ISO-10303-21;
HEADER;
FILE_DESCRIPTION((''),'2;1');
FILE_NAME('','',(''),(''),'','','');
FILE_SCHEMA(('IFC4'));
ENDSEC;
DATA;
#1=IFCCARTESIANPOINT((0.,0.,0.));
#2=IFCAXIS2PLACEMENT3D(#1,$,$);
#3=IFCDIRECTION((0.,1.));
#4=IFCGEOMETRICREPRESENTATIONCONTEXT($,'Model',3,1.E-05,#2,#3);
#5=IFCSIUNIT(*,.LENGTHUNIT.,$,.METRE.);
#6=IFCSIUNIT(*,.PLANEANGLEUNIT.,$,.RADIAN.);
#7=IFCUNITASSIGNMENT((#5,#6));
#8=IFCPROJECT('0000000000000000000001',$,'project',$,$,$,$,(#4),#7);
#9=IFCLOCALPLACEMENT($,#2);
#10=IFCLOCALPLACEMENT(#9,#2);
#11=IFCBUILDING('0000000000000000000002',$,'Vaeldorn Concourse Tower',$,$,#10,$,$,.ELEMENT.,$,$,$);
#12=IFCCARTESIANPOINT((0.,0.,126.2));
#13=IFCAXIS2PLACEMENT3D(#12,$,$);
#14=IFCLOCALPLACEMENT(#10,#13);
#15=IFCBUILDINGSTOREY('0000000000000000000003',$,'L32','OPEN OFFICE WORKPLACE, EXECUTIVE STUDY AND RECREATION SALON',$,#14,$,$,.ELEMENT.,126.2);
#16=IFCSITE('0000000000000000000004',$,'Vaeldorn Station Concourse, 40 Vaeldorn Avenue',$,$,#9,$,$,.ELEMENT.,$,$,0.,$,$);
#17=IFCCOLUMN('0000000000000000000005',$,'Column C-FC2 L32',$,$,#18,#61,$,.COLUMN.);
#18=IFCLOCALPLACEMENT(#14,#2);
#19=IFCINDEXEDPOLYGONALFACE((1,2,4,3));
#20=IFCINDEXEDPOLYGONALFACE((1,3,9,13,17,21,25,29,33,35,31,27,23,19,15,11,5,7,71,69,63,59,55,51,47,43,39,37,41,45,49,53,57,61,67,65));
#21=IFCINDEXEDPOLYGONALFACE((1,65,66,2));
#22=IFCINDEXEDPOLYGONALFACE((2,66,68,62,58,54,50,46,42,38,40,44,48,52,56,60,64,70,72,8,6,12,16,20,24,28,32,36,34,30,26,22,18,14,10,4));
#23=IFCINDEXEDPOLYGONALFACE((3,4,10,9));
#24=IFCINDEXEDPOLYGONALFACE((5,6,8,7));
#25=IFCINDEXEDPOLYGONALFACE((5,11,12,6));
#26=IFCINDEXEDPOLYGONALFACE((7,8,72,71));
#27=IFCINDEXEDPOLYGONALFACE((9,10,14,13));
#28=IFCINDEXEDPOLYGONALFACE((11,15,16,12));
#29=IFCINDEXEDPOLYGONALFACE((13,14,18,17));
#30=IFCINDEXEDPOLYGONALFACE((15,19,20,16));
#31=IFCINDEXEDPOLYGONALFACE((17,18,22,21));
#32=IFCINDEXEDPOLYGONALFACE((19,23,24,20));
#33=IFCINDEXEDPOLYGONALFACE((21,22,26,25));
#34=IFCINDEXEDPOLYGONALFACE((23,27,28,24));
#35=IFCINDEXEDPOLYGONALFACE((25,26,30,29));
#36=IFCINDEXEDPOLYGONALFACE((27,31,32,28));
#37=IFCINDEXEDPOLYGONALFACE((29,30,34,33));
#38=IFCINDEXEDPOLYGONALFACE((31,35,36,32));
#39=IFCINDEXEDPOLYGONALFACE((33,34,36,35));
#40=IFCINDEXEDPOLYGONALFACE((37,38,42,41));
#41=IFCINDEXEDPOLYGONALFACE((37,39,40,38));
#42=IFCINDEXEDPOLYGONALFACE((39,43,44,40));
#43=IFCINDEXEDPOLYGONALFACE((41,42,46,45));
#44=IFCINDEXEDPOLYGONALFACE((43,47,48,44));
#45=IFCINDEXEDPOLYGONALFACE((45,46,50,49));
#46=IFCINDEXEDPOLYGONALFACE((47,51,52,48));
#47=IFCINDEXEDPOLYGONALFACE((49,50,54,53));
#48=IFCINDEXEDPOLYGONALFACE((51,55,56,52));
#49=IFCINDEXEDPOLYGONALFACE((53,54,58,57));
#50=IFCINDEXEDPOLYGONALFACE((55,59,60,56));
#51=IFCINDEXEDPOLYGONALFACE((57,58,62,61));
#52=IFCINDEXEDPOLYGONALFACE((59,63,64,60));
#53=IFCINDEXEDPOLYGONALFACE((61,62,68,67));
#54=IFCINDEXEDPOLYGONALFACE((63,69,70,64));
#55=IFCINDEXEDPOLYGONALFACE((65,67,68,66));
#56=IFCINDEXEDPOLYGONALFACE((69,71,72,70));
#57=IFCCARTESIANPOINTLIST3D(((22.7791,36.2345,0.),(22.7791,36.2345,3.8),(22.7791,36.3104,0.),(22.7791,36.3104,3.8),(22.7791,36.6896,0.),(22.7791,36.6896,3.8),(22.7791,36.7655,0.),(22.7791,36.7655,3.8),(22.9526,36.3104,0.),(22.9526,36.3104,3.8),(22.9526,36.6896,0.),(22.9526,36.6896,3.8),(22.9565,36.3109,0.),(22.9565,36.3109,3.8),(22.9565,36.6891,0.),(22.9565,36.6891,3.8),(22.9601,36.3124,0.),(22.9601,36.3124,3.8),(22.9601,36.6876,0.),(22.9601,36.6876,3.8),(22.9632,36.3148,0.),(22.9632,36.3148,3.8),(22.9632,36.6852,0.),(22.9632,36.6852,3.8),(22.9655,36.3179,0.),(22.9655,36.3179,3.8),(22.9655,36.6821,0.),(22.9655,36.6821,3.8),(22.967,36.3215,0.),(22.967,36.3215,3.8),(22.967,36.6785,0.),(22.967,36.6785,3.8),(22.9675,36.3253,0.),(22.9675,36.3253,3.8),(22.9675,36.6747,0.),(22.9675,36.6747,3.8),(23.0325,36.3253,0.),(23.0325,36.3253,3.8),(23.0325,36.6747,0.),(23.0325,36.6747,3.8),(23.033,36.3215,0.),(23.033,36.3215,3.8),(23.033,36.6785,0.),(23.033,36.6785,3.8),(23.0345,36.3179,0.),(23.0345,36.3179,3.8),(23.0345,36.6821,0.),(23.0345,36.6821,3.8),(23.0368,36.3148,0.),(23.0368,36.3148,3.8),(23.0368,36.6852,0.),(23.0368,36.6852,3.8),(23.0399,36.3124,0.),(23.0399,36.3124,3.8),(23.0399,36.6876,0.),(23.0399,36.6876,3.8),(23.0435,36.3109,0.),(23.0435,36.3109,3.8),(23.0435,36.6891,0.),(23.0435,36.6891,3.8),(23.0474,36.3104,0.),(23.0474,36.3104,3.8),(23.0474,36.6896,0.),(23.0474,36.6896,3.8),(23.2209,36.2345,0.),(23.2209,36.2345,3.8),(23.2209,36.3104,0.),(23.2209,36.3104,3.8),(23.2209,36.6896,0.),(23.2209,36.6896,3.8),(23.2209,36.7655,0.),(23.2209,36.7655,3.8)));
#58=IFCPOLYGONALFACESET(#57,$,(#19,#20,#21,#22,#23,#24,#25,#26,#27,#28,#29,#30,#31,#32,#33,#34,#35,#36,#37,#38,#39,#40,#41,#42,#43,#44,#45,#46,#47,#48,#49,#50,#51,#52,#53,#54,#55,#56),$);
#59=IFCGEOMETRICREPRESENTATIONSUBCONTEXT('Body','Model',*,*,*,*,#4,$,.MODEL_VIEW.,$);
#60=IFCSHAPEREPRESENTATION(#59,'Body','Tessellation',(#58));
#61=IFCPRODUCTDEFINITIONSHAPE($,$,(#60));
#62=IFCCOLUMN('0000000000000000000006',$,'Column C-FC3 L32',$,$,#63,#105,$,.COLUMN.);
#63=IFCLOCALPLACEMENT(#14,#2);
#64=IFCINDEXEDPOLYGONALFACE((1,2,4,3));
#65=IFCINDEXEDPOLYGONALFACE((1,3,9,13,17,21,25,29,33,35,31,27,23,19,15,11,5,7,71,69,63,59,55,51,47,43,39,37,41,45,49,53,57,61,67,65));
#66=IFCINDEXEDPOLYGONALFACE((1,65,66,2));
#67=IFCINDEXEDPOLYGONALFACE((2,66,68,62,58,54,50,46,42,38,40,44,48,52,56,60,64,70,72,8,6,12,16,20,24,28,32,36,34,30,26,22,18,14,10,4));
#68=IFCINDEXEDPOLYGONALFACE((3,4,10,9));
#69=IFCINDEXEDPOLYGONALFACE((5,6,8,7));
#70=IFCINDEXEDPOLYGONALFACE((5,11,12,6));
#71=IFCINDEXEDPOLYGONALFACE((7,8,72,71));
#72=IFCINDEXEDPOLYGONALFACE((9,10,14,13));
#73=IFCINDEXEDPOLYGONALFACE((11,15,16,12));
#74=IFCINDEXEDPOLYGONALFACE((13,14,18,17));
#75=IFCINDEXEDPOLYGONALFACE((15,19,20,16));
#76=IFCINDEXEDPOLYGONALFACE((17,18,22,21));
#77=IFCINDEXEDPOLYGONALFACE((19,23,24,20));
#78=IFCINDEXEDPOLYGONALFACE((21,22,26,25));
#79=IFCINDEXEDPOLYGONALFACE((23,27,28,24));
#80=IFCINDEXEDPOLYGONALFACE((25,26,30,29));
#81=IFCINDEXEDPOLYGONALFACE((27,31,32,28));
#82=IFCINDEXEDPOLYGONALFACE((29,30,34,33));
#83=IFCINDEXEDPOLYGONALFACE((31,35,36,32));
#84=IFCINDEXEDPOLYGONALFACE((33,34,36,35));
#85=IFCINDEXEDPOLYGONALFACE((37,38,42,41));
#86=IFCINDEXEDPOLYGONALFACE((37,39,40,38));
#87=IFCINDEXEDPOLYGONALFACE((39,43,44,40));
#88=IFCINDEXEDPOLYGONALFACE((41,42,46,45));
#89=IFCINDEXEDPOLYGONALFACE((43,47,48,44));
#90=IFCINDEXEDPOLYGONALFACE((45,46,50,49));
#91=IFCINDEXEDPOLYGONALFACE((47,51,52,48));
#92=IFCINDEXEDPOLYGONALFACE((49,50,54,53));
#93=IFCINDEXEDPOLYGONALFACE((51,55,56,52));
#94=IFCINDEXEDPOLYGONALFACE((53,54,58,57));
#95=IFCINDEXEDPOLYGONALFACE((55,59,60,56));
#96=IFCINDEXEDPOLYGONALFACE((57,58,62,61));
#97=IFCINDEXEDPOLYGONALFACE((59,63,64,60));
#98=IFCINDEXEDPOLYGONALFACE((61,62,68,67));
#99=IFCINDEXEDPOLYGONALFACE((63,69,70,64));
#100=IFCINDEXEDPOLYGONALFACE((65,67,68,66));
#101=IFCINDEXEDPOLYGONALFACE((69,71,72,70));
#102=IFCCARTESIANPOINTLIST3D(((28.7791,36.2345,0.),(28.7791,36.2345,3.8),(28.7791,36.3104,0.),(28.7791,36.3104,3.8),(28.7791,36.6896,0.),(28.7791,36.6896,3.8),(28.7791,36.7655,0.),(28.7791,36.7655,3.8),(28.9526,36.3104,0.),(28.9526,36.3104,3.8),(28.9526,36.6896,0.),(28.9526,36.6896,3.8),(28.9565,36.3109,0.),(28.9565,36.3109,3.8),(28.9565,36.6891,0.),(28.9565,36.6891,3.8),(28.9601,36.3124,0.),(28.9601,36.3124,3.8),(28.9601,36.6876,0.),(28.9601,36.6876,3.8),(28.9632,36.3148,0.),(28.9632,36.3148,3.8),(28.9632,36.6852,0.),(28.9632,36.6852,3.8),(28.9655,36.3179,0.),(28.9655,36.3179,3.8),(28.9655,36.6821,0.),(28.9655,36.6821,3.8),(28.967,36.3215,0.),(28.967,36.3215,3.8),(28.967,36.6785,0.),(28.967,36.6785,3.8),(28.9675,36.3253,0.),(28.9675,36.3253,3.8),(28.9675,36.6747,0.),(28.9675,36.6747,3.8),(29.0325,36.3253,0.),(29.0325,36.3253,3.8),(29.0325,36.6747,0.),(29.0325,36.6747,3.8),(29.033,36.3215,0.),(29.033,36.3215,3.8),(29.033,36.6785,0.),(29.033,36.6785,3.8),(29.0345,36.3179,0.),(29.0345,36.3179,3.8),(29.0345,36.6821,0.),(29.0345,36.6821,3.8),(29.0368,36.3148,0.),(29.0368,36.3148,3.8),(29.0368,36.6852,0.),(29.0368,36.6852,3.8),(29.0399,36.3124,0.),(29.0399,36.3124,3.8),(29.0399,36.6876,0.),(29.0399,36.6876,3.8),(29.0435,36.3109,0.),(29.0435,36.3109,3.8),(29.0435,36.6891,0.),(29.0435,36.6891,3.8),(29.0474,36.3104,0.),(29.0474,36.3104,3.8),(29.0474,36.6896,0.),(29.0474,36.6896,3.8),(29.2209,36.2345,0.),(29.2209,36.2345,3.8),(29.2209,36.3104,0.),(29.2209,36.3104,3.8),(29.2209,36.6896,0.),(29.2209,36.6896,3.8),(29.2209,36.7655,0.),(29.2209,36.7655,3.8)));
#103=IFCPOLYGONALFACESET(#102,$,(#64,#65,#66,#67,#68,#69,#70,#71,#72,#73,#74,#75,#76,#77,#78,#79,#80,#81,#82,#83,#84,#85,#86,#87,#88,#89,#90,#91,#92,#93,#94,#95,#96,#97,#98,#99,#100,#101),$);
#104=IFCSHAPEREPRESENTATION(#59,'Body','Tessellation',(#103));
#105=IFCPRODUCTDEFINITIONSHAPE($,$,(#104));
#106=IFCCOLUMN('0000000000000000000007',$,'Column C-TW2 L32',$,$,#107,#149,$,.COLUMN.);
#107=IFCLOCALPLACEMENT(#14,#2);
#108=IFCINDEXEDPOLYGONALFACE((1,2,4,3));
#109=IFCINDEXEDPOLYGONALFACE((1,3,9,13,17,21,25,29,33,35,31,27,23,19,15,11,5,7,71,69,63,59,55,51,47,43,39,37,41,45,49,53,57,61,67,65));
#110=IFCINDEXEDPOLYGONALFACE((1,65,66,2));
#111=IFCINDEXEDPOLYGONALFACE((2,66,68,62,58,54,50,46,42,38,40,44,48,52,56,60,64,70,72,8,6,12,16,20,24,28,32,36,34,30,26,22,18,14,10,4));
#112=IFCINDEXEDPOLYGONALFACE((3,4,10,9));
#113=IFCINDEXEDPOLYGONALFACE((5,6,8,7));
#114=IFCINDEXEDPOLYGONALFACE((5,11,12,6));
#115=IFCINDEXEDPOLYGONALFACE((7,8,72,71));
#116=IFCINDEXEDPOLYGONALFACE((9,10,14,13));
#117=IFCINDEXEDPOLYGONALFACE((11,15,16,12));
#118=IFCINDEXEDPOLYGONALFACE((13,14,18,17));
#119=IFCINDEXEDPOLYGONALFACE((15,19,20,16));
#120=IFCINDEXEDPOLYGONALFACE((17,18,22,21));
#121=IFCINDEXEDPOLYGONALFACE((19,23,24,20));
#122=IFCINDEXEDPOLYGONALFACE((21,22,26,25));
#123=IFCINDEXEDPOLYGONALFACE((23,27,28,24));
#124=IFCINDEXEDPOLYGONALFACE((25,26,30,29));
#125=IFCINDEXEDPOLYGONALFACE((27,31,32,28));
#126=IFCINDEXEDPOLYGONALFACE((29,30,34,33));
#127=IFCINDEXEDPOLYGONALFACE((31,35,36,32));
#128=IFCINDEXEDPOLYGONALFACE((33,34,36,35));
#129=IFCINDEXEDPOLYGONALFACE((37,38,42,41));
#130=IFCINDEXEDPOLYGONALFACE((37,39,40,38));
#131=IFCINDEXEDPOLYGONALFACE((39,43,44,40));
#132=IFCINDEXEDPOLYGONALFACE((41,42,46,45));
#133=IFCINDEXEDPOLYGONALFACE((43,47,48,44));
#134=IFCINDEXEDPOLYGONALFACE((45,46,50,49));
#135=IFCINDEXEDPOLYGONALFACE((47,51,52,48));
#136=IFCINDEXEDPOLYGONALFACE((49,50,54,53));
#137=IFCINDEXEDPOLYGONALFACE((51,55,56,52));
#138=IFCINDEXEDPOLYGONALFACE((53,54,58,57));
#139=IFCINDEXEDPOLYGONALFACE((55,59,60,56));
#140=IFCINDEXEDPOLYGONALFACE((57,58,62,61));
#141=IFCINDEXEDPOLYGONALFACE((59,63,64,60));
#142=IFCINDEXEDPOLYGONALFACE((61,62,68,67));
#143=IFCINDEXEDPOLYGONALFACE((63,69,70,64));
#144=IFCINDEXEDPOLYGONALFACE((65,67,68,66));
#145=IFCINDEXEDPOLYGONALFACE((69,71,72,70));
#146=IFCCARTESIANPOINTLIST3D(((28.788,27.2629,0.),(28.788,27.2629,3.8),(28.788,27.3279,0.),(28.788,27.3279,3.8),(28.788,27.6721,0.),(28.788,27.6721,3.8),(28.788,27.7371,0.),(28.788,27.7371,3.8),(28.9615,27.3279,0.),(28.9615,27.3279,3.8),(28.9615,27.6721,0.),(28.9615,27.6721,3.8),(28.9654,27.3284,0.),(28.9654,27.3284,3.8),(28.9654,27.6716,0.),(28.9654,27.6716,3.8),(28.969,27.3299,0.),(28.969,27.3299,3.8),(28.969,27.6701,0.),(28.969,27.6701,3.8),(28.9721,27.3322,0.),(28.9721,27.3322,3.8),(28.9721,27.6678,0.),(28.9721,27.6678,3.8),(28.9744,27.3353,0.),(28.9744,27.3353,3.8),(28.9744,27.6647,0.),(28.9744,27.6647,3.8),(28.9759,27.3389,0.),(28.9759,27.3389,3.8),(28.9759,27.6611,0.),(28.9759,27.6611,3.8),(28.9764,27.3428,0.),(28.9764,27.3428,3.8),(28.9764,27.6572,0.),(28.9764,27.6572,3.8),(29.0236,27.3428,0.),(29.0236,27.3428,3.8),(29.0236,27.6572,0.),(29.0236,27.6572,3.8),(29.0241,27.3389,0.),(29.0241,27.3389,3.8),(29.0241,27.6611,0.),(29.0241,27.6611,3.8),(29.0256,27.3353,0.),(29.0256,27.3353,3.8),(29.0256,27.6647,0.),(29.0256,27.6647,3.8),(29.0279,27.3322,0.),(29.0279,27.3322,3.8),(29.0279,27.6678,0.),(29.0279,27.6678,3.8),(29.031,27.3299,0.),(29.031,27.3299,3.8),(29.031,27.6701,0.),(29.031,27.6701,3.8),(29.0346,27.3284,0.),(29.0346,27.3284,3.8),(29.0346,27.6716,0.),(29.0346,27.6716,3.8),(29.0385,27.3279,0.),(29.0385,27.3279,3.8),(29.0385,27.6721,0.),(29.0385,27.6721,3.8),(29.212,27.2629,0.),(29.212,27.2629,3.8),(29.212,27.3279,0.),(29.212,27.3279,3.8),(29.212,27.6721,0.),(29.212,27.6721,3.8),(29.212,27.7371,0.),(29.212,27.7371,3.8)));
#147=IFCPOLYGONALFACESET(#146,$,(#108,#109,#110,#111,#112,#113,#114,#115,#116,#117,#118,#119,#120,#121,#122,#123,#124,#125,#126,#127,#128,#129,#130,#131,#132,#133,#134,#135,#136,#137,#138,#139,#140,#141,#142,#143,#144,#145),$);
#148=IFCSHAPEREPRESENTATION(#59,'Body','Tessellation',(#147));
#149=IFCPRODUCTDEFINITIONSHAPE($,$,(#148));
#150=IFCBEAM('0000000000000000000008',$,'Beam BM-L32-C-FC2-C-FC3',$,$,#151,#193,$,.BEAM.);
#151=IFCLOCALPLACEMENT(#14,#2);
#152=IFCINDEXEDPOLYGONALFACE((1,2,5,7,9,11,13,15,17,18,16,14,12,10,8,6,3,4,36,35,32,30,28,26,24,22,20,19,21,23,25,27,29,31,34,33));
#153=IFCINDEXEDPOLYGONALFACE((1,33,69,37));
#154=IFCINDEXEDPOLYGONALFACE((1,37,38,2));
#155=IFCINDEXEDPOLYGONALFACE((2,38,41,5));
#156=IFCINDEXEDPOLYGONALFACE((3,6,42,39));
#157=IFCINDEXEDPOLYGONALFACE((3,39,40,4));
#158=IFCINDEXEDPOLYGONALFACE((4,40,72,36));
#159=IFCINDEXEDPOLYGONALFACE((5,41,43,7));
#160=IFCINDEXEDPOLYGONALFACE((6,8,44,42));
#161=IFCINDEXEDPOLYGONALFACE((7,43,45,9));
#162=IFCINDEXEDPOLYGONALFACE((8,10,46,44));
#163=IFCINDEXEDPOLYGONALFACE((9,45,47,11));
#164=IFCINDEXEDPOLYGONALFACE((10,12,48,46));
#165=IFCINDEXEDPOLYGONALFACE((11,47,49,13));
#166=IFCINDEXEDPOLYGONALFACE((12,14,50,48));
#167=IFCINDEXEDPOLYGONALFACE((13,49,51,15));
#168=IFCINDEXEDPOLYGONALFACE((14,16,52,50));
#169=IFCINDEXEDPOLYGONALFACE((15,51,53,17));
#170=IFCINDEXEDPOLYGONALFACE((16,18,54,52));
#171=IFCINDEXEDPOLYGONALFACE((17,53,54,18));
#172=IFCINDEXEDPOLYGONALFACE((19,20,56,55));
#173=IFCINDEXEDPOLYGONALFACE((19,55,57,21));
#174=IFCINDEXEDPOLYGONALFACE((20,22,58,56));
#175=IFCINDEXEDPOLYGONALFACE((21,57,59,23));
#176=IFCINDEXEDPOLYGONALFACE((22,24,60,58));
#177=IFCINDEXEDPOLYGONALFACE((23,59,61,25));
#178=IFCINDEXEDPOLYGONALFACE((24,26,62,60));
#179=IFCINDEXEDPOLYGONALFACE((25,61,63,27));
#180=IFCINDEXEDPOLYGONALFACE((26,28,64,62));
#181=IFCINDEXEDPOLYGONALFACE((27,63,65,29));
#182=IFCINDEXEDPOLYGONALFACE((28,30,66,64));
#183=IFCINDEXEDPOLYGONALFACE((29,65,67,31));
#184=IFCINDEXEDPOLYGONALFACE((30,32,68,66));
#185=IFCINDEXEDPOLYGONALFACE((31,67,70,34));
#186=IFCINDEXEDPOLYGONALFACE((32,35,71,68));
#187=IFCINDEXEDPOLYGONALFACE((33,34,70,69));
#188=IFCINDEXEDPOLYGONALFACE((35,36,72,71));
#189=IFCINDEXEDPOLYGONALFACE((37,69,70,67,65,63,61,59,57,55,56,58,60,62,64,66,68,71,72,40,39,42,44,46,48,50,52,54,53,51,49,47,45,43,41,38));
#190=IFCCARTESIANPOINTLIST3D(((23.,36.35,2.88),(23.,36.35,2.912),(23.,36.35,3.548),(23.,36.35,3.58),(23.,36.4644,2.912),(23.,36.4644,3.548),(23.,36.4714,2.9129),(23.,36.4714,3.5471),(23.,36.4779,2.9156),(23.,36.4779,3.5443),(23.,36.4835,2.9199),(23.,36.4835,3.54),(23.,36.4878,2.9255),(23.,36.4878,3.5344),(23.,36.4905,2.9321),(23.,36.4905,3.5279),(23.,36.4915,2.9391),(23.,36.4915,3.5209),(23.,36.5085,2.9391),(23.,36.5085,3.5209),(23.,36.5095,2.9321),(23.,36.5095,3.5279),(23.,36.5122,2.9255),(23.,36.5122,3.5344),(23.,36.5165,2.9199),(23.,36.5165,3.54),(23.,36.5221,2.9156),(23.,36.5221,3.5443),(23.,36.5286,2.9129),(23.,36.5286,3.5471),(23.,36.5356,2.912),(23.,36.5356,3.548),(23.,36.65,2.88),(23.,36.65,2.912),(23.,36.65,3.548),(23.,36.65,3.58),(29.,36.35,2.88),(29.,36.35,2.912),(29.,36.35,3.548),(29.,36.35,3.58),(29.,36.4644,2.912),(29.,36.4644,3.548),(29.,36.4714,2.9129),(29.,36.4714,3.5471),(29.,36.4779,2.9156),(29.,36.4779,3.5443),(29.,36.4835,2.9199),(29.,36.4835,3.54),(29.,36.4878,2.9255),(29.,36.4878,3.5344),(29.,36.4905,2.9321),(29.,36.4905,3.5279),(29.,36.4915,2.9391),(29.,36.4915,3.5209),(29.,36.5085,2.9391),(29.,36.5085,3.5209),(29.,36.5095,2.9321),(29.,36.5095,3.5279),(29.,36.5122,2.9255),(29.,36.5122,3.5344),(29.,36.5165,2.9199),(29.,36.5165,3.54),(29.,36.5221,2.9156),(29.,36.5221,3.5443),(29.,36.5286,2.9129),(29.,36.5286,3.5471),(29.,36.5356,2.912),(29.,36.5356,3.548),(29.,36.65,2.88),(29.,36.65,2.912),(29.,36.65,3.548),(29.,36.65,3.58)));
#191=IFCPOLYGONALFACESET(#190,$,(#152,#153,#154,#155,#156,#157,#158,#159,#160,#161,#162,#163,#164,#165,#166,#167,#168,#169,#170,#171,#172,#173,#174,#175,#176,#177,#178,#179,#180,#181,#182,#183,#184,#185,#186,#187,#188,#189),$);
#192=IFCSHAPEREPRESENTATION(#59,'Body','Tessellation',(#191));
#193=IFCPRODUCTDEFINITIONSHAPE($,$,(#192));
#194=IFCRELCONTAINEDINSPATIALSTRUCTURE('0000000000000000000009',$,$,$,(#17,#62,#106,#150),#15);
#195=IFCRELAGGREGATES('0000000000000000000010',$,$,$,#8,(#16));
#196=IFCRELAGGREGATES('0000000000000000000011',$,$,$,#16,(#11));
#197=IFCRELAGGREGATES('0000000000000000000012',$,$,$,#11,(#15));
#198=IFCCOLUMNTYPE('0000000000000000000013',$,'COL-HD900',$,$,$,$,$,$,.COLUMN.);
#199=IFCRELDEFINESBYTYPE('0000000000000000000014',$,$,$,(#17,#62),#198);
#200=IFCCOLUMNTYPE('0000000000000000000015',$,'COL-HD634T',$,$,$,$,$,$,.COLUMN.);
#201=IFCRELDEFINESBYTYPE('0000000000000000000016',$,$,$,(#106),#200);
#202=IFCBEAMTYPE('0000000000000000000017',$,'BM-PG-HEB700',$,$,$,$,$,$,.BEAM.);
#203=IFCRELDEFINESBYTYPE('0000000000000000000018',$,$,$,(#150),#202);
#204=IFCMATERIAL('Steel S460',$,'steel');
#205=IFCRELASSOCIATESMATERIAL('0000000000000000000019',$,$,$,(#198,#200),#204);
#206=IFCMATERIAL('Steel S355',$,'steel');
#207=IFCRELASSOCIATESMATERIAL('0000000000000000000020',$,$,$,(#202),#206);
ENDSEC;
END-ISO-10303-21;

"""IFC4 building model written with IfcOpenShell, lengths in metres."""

from ifc_helpers import new_model, si_unit, direction, frame, origin, origin_2d, place, context, subcontext, project, spatial, i_section, extrude, source, transform, mapped, material, material_profile, profile_set, type_object, element, save


model = new_model("IFC4")

# Units and contexts
model_context = context("Model", 3, precision=1e-05, world=origin(), true_north=direction((0.0, 1.0)))
body_context = subcontext(model_context, "Body", "Model", "MODEL_VIEW")
ifc_project = project(units=[si_unit("LENGTHUNIT", "METRE"), si_unit("PLANEANGLEUNIT", "RADIAN")], contexts=[model_context])

# Site, building, storey
site_placement = place(None, origin())
site = spatial("IfcSite", under=ifc_project, at=site_placement, Name="Vaeldorn Station Concourse, 40 Vaeldorn Avenue", CompositionType="ELEMENT", RefElevation=0.0)
building_placement = place(site_placement, origin())
building = spatial("IfcBuilding", under=site, at=building_placement, Name="Vaeldorn Concourse Tower", CompositionType="ELEMENT")
storey_placement = place(building_placement, frame((0.0, 0.0, 126.2)))
storey = spatial("IfcBuildingStorey", under=building, at=storey_placement, Name="L32", Description="OPEN OFFICE WORKPLACE, EXECUTIVE STUDY AND RECREATION SALON", CompositionType="ELEMENT", Elevation=126.2)

# Columns
ifc_material_1 = material(Name="Steel S460", Category="steel")
ifc_material_profile_1 = material_profile(ifc_material_1, i_section(OverallWidth=0.4419, OverallDepth=0.531, WebThickness=0.0649, FlangeThickness=0.0759, FilletRadius=0.0149, at=origin_2d()), Name="HD 400x900")
ifc_profile_set_1 = profile_set([ifc_material_profile_1], Name="Steel S460")
column_type_1 = type_object("IfcColumnType", Name="COL-HD900", PredefinedType="COLUMN", material=ifc_profile_set_1)
shared_shape_1 = source(origin(), body_context, "Body", "SweptSolid", [
    extrude(i_section(OverallWidth=0.4419, OverallDepth=0.531, WebThickness=0.0649, FlangeThickness=0.0759, FilletRadius=0.0149, at=origin_2d()), origin(), (0.0, 0.0, 1.0), 3.8),
])
for number, where, z_axis, x_axis, name in (
    (1, (23.0, 36.5, 0.0), (0.0, 0.0, 1.0), (1.0, 0.0, 0.0), "Column C-FC2 L32"),
    (2, (29.0, 36.5, 0.0), (0.0, 0.0, 1.0), (1.0, 0.0, 0.0), "Column C-FC3 L32"),
):
    element("IfcColumn", number, at=place(storey_placement, frame(where, z_axis=z_axis, x_axis=x_axis)), inside=storey, type_object=column_type_1, Name=name, PredefinedType="COLUMN", context=body_context, shape_type="MappedRepresentation", body=[
        mapped(shared_shape_1, transform((0.0, 0.0, 0.0), scale=1.0)),
    ])
ifc_material_profile_2 = material_profile(ifc_material_1, i_section(OverallWidth=0.4241, OverallDepth=0.4741, WebThickness=0.0471, FlangeThickness=0.0649, FilletRadius=0.0149, at=origin_2d()), Name="HD 400x634")
ifc_profile_set_2 = profile_set([ifc_material_profile_2], Name="Steel S460")
column_type_2 = type_object("IfcColumnType", Name="COL-HD634T", PredefinedType="COLUMN", material=ifc_profile_set_2)
shared_shape_2 = source(origin(), body_context, "Body", "SweptSolid", [
    extrude(i_section(OverallWidth=0.4241, OverallDepth=0.4741, WebThickness=0.0471, FlangeThickness=0.0649, FilletRadius=0.0149, at=origin_2d()), origin(), (0.0, 0.0, 1.0), 3.8),
])
column_placement = place(storey_placement, frame((29.0, 27.5, 0.0), z_axis=(0.0, 0.0, 1.0), x_axis=(1.0, 0.0, 0.0)))
element("IfcColumn", 3, at=column_placement, inside=storey, type_object=column_type_2, Name="Column C-TW2 L32", PredefinedType="COLUMN", context=body_context, shape_type="MappedRepresentation", body=[
    mapped(shared_shape_2, transform((0.0, 0.0, 0.0), scale=1.0)),
])

# Beam
ifc_material_2 = material(Name="Steel S355", Category="steel")
ifc_material_profile_3 = material_profile(ifc_material_2, i_section(OverallWidth=0.3, OverallDepth=0.7, WebThickness=0.0171, FlangeThickness=0.032, FilletRadius=0.0271, at=origin_2d()), Name="HEB 700")
ifc_profile_set_3 = profile_set([ifc_material_profile_3], Name="Steel S355")
beam_type_1 = type_object("IfcBeamType", Name="BM-PG-HEB700", PredefinedType="BEAM", material=ifc_profile_set_3)
shared_shape_3 = source(origin(), body_context, "Body", "SweptSolid", [
    extrude(i_section(OverallWidth=0.3, OverallDepth=0.7, WebThickness=0.0171, FlangeThickness=0.032, FilletRadius=0.0271, at=origin_2d()), origin(), (0.0, 0.0, 1.0), 6.0),
])
for number, where, z_axis, x_axis, name in (
    (4, (23.0, 36.5, 3.23), (1.0, 0.0, 0.0), (0.0, 1.0, 0.0), "Beam BM-L32-C-FC2-C-FC3"),
):
    element("IfcBeam", number, at=place(storey_placement, frame(where, z_axis=z_axis, x_axis=x_axis)), inside=storey, type_object=beam_type_1, Name=name, PredefinedType="BEAM", context=body_context, shape_type="MappedRepresentation", body=[
        mapped(shared_shape_3, transform((0.0, 0.0, 0.0), scale=1.0)),
    ])

save(model, "model.ifc")
